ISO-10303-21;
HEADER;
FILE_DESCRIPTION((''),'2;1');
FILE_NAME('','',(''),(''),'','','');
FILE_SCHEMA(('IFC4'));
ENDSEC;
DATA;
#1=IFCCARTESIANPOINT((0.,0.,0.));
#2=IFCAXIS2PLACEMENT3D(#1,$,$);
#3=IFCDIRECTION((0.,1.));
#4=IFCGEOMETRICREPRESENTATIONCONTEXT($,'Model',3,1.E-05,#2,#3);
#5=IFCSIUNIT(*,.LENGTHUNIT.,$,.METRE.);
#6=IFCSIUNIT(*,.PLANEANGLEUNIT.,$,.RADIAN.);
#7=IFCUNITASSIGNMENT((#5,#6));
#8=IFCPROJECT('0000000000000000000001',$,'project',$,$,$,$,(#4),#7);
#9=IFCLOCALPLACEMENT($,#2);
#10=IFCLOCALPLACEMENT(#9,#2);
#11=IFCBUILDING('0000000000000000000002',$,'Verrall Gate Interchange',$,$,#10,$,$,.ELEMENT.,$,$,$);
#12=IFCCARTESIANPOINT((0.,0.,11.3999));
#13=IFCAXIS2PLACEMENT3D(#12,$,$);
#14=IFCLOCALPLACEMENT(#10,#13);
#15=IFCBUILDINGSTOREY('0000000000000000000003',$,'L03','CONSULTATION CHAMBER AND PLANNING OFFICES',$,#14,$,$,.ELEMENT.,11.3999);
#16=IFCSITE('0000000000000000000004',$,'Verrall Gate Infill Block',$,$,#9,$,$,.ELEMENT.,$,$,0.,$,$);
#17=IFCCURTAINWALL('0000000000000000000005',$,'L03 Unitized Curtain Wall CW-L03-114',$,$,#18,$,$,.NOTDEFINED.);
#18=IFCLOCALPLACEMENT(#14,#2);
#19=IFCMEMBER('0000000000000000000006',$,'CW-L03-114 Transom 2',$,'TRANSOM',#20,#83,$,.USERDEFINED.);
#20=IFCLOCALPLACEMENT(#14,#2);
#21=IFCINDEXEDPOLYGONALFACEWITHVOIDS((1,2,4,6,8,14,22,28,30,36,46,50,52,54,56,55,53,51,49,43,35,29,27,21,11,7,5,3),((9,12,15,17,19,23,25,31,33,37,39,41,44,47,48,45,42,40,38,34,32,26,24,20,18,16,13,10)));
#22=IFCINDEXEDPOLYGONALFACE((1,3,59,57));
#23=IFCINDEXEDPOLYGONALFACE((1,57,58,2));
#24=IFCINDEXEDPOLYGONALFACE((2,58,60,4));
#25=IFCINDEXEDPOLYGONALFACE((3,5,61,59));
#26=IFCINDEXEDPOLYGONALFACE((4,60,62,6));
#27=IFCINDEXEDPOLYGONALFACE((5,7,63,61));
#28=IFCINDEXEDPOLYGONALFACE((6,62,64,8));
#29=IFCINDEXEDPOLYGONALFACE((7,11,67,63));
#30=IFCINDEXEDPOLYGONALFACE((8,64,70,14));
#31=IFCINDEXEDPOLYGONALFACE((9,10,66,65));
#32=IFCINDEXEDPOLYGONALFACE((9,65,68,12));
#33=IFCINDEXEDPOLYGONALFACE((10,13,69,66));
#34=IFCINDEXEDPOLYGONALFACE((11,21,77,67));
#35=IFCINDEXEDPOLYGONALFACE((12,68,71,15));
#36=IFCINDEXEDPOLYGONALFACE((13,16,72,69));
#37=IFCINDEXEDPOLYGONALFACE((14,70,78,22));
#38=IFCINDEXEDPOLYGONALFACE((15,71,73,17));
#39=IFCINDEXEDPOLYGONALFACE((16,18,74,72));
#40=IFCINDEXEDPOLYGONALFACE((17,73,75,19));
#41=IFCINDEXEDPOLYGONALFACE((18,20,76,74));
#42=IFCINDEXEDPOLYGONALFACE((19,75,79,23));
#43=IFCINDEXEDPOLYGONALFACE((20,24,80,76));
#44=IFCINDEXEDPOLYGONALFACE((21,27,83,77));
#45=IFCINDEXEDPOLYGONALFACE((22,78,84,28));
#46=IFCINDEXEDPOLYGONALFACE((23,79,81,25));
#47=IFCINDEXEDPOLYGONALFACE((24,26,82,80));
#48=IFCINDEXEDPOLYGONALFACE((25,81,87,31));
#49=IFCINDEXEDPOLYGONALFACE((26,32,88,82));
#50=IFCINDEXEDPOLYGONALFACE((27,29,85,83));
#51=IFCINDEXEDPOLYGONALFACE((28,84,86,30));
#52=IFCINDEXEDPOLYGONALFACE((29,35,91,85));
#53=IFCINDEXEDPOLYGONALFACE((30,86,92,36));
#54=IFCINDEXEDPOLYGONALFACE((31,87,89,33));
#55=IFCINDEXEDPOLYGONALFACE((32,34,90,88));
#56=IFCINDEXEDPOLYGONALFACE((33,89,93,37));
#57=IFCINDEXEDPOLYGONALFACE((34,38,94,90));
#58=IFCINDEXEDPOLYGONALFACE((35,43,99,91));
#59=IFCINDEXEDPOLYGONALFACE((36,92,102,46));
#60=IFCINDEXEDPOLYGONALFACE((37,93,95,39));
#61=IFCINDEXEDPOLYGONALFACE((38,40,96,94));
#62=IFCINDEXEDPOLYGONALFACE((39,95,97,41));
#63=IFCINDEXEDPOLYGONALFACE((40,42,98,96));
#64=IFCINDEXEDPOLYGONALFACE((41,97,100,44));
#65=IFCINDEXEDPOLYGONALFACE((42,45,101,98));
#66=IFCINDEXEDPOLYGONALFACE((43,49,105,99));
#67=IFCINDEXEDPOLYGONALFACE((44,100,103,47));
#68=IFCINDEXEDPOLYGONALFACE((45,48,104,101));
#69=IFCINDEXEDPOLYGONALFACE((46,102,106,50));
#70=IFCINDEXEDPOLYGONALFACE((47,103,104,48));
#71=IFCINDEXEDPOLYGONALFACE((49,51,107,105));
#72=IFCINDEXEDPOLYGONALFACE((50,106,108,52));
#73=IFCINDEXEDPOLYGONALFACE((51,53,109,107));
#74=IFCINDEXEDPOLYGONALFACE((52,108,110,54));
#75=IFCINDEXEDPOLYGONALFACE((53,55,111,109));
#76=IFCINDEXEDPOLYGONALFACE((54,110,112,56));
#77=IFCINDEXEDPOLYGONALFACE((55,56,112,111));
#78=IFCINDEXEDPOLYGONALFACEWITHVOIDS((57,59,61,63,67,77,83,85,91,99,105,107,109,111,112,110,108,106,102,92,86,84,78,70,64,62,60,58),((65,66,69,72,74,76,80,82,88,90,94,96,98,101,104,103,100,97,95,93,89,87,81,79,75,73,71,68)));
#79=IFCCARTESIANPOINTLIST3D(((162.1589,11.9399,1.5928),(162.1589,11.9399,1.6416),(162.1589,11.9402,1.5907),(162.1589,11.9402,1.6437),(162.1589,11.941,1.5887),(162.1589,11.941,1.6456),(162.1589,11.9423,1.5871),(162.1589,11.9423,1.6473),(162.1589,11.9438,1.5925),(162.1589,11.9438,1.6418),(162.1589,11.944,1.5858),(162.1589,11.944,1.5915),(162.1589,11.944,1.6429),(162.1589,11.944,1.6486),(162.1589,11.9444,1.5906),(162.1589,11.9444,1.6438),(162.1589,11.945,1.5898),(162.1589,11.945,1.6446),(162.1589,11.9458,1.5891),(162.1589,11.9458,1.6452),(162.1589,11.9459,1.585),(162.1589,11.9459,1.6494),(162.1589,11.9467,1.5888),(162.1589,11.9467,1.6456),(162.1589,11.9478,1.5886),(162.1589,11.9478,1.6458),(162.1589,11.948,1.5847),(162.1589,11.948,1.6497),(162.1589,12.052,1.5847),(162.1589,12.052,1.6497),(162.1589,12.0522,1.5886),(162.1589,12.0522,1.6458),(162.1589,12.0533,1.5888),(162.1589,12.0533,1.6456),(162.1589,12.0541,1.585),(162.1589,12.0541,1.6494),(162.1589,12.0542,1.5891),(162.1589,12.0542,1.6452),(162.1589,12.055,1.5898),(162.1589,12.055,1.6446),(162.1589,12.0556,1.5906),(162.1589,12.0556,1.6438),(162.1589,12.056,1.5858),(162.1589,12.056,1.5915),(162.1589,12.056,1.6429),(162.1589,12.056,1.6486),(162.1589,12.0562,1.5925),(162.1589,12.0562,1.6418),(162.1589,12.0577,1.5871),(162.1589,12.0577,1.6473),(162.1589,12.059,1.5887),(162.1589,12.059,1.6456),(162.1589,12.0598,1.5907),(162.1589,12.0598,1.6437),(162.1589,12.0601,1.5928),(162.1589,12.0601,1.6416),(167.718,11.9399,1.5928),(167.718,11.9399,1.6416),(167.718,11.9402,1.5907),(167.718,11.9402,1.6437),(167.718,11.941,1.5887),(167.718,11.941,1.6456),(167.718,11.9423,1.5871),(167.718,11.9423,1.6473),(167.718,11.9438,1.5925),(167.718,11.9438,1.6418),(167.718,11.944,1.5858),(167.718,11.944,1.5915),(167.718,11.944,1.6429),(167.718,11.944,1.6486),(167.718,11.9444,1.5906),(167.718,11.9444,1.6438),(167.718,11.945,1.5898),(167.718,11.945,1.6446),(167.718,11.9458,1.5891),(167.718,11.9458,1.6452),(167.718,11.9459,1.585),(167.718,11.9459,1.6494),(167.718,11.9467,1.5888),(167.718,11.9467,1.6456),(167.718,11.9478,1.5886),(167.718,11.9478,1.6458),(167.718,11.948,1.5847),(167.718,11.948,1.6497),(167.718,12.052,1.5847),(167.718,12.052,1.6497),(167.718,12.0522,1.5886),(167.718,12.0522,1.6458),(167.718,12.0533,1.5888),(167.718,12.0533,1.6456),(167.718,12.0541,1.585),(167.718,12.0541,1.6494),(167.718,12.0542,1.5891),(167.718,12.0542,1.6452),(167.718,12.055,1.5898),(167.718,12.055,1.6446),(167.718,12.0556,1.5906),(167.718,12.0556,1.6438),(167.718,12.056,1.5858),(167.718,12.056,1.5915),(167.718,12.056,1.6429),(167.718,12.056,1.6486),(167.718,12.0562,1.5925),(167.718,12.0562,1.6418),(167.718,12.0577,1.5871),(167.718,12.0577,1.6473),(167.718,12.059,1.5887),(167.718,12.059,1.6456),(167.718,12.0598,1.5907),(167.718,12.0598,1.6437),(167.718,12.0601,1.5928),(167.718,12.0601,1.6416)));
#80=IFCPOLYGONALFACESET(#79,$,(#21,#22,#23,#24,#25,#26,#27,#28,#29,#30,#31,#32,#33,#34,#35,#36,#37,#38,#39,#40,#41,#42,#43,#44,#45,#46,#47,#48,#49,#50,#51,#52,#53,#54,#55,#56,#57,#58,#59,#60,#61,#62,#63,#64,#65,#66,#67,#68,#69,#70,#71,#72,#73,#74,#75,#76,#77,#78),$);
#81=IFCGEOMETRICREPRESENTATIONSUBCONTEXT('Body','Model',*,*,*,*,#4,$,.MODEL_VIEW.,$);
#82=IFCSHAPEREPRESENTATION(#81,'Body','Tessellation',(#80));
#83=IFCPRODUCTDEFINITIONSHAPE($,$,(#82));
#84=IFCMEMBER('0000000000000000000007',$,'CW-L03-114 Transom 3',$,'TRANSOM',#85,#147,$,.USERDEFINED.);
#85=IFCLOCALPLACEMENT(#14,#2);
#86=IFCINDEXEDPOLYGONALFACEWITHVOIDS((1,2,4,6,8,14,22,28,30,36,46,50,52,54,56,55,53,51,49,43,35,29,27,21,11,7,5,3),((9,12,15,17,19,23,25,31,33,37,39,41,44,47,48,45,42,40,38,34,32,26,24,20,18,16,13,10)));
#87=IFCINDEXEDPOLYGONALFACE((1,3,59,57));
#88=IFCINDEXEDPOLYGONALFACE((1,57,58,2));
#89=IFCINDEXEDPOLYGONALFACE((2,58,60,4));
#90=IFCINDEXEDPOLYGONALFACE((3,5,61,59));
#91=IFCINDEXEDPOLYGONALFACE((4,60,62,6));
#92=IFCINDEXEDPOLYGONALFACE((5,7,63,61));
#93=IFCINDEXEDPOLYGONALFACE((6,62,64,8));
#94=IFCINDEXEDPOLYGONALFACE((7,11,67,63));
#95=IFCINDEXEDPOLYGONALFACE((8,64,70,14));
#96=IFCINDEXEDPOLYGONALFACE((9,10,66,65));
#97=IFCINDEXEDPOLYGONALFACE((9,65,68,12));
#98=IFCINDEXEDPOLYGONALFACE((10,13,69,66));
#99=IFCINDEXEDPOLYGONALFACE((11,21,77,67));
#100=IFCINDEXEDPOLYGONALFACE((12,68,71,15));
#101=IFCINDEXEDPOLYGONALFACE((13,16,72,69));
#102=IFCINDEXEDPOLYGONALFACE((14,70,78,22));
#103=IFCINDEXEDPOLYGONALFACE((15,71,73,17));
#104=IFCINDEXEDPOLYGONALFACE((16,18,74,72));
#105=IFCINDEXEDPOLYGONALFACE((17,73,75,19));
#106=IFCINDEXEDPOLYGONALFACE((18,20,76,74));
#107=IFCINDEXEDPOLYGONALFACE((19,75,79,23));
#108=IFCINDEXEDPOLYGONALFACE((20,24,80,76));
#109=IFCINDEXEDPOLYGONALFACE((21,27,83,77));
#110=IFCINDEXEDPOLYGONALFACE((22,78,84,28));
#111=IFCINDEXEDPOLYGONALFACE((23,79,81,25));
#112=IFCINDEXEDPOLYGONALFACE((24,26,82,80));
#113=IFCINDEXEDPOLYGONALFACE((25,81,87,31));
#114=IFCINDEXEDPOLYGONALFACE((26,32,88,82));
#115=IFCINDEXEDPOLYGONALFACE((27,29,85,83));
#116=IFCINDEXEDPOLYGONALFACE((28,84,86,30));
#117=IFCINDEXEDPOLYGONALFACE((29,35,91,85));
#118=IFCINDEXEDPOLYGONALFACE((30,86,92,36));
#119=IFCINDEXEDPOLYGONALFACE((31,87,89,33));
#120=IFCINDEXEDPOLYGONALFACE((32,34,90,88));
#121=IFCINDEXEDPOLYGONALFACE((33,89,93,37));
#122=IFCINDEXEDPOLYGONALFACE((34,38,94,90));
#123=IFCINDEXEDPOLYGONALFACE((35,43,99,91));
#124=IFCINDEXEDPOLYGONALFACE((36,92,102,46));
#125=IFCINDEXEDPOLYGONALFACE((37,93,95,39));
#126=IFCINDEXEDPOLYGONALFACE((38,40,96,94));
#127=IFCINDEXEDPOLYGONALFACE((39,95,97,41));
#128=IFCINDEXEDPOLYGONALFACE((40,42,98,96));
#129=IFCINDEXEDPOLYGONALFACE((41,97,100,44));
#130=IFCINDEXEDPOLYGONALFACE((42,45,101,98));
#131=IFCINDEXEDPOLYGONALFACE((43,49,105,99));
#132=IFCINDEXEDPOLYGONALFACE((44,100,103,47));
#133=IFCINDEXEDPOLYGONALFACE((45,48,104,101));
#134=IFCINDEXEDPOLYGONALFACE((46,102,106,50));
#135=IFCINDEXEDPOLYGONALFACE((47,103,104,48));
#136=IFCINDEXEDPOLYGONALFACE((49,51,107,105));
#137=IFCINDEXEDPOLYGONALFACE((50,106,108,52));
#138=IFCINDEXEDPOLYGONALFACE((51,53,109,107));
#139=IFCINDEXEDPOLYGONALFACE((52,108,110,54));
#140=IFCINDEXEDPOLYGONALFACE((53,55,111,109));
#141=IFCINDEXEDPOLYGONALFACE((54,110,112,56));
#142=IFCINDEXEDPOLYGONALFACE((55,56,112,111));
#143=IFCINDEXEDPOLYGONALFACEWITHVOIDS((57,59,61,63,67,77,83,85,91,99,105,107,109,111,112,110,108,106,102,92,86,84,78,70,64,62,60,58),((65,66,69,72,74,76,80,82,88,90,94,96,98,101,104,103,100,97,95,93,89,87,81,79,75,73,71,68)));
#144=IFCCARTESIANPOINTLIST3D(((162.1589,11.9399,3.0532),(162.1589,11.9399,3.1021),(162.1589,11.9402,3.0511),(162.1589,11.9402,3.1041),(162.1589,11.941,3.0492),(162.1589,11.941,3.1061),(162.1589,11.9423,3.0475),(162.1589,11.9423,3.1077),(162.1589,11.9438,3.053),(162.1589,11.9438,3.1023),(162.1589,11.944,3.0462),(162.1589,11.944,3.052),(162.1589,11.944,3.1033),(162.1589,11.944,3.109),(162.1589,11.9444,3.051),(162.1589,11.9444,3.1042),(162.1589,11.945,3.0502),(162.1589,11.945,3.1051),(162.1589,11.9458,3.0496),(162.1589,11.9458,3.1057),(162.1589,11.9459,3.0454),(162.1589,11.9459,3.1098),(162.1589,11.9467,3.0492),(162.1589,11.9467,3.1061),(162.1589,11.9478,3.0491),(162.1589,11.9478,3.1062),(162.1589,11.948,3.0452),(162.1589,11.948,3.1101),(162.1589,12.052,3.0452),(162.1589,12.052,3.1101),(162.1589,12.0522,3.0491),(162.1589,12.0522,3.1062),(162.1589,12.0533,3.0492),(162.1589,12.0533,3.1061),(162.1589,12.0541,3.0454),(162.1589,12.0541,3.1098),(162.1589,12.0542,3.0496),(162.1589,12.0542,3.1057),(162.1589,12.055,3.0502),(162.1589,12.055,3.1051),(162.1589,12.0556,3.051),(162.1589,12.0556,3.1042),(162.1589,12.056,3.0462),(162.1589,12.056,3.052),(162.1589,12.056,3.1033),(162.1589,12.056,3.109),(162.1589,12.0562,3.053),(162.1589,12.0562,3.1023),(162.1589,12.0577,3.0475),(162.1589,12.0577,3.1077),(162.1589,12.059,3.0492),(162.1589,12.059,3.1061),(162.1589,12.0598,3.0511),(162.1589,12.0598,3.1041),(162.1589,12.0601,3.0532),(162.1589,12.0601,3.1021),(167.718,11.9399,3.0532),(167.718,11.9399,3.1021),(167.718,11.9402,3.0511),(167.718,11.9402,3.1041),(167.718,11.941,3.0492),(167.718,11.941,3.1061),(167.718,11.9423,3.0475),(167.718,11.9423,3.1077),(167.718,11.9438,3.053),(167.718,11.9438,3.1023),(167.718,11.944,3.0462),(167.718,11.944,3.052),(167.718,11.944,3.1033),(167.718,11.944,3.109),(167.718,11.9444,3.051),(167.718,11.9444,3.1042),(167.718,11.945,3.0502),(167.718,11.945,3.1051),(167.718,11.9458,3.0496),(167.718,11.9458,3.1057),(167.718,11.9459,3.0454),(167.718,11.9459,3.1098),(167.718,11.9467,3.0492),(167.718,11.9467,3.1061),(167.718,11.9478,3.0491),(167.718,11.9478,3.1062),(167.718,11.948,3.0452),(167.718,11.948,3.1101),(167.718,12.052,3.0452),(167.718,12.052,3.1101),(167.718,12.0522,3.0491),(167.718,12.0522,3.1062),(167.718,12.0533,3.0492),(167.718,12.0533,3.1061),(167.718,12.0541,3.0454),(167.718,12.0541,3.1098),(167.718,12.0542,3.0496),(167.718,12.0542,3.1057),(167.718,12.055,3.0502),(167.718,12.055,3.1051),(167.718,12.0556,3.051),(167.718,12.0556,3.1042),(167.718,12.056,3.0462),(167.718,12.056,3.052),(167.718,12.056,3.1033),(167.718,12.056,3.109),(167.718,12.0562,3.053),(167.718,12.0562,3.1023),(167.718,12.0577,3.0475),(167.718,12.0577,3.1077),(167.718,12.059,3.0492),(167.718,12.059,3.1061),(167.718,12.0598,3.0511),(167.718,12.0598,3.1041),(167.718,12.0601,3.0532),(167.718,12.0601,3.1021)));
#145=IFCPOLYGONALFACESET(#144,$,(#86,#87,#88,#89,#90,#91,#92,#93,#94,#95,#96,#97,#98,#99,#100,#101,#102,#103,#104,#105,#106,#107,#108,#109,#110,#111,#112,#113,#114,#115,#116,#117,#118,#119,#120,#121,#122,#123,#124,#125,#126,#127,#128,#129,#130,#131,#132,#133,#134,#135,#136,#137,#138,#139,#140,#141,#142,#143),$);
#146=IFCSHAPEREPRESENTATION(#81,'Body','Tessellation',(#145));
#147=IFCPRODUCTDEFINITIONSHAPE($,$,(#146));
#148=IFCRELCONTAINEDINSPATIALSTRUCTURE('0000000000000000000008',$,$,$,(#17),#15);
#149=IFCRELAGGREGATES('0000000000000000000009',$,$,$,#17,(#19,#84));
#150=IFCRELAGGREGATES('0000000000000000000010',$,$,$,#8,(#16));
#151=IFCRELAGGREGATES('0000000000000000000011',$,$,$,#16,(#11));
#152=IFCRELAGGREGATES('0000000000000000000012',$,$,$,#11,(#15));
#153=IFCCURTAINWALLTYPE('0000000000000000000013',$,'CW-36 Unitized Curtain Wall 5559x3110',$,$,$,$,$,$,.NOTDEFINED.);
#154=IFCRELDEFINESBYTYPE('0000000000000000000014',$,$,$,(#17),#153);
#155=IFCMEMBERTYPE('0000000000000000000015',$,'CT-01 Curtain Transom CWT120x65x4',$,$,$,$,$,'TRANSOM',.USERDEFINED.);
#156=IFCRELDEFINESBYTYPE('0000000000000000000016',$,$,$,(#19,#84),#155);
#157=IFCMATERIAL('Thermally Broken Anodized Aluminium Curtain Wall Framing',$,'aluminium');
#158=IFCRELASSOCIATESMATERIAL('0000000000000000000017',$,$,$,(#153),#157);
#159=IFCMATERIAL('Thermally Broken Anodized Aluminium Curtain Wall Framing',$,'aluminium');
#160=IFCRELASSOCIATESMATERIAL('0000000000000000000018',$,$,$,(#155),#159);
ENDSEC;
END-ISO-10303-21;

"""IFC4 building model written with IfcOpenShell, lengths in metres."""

from ifc_helpers import new_model, si_unit, direction, frame, origin, origin_2d, place, context, subcontext, project, spatial, hollow_rectangle, extrude, material, material_profile, profile_set, type_object, element, aggregate, save


model = new_model("IFC4")

# Units and contexts
model_context = context("Model", 3, precision=1e-05, world=origin(), true_north=direction((0.0, 1.0)))
body_context = subcontext(model_context, "Body", "Model", "MODEL_VIEW")
ifc_project = project(units=[si_unit("LENGTHUNIT", "METRE"), si_unit("PLANEANGLEUNIT", "RADIAN")], contexts=[model_context])

# Site, building, storey
site_placement = place(None, origin())
site = spatial("IfcSite", under=ifc_project, at=site_placement, Name="Verrall Gate Infill Block", CompositionType="ELEMENT", RefElevation=0.0)
building_placement = place(site_placement, origin())
building = spatial("IfcBuilding", under=site, at=building_placement, Name="Verrall Gate Interchange", CompositionType="ELEMENT")
storey_placement = place(building_placement, frame((0.0, 0.0, 11.3999)))
storey = spatial("IfcBuildingStorey", under=building, at=storey_placement, Name="L03", Description="CONSULTATION CHAMBER AND PLANNING OFFICES", CompositionType="ELEMENT", Elevation=11.3999)

# Curtain wall
ifc_material_1 = material(Name="Thermally Broken Anodized Aluminium Curtain Wall Framing", Category="aluminium")
curtain_wall_type_1 = type_object("IfcCurtainWallType", Name="CW-36 Unitized Curtain Wall 5559x3110", PredefinedType="NOTDEFINED", material=ifc_material_1)
curtain_wall_1_placement = place(storey_placement, origin())
curtain_wall_1 = element("IfcCurtainWall", 1, at=curtain_wall_1_placement, inside=storey, type_object=curtain_wall_type_1, Name="L03 Unitized Curtain Wall CW-L03-114", PredefinedType="NOTDEFINED")

# Members
ifc_material_2 = material(Name="Thermally Broken Anodized Aluminium Curtain Wall Framing", Category="aluminium")
ifc_material_profile_1 = material_profile(ifc_material_2, hollow_rectangle(XDim=0.1201, YDim=0.0649, WallThickness=0.0039, InnerFilletRadius=0.0039, OuterFilletRadius=0.0081, at=origin_2d()), Name="CWT120x65x4")
ifc_profile_set_1 = profile_set([ifc_material_profile_1], Name="Thermally Broken Anodized Aluminium Curtain Wall Framing")
member_type_1 = type_object("IfcMemberType", Name="CT-01 Curtain Transom CWT120x65x4", ElementType="TRANSOM", PredefinedType="USERDEFINED", material=ifc_profile_set_1)
member_1_placement = place(storey_placement, frame((162.1589, 12.0, 1.6172), z_axis=(1.0, 0.0, 0.0), x_axis=(0.0, 1.0, 0.0)))
member_1 = element("IfcMember", 2, at=member_1_placement, type_object=member_type_1, Name="CW-L03-114 Transom 2", ObjectType="TRANSOM", PredefinedType="USERDEFINED", context=body_context, shape_type="SweptSolid", body=[
    extrude(hollow_rectangle(XDim=0.1201, YDim=0.0649, WallThickness=0.0039, InnerFilletRadius=0.0039, OuterFilletRadius=0.0081, at=origin_2d()), origin(), (0.0, 0.0, 1.0), 5.5591),
])
member_2_placement = place(storey_placement, frame((162.1589, 12.0, 3.0776), z_axis=(1.0, 0.0, 0.0), x_axis=(0.0, 1.0, 0.0)))
member_2 = element("IfcMember", 3, at=member_2_placement, type_object=member_type_1, Name="CW-L03-114 Transom 3", ObjectType="TRANSOM", PredefinedType="USERDEFINED", context=body_context, shape_type="SweptSolid", body=[
    extrude(hollow_rectangle(XDim=0.1201, YDim=0.0649, WallThickness=0.0039, InnerFilletRadius=0.0039, OuterFilletRadius=0.0081, at=origin_2d()), origin(), (0.0, 0.0, 1.0), 5.5591),
])

aggregate(curtain_wall_1, [member_1, member_2])

save(model, "model.ifc")
